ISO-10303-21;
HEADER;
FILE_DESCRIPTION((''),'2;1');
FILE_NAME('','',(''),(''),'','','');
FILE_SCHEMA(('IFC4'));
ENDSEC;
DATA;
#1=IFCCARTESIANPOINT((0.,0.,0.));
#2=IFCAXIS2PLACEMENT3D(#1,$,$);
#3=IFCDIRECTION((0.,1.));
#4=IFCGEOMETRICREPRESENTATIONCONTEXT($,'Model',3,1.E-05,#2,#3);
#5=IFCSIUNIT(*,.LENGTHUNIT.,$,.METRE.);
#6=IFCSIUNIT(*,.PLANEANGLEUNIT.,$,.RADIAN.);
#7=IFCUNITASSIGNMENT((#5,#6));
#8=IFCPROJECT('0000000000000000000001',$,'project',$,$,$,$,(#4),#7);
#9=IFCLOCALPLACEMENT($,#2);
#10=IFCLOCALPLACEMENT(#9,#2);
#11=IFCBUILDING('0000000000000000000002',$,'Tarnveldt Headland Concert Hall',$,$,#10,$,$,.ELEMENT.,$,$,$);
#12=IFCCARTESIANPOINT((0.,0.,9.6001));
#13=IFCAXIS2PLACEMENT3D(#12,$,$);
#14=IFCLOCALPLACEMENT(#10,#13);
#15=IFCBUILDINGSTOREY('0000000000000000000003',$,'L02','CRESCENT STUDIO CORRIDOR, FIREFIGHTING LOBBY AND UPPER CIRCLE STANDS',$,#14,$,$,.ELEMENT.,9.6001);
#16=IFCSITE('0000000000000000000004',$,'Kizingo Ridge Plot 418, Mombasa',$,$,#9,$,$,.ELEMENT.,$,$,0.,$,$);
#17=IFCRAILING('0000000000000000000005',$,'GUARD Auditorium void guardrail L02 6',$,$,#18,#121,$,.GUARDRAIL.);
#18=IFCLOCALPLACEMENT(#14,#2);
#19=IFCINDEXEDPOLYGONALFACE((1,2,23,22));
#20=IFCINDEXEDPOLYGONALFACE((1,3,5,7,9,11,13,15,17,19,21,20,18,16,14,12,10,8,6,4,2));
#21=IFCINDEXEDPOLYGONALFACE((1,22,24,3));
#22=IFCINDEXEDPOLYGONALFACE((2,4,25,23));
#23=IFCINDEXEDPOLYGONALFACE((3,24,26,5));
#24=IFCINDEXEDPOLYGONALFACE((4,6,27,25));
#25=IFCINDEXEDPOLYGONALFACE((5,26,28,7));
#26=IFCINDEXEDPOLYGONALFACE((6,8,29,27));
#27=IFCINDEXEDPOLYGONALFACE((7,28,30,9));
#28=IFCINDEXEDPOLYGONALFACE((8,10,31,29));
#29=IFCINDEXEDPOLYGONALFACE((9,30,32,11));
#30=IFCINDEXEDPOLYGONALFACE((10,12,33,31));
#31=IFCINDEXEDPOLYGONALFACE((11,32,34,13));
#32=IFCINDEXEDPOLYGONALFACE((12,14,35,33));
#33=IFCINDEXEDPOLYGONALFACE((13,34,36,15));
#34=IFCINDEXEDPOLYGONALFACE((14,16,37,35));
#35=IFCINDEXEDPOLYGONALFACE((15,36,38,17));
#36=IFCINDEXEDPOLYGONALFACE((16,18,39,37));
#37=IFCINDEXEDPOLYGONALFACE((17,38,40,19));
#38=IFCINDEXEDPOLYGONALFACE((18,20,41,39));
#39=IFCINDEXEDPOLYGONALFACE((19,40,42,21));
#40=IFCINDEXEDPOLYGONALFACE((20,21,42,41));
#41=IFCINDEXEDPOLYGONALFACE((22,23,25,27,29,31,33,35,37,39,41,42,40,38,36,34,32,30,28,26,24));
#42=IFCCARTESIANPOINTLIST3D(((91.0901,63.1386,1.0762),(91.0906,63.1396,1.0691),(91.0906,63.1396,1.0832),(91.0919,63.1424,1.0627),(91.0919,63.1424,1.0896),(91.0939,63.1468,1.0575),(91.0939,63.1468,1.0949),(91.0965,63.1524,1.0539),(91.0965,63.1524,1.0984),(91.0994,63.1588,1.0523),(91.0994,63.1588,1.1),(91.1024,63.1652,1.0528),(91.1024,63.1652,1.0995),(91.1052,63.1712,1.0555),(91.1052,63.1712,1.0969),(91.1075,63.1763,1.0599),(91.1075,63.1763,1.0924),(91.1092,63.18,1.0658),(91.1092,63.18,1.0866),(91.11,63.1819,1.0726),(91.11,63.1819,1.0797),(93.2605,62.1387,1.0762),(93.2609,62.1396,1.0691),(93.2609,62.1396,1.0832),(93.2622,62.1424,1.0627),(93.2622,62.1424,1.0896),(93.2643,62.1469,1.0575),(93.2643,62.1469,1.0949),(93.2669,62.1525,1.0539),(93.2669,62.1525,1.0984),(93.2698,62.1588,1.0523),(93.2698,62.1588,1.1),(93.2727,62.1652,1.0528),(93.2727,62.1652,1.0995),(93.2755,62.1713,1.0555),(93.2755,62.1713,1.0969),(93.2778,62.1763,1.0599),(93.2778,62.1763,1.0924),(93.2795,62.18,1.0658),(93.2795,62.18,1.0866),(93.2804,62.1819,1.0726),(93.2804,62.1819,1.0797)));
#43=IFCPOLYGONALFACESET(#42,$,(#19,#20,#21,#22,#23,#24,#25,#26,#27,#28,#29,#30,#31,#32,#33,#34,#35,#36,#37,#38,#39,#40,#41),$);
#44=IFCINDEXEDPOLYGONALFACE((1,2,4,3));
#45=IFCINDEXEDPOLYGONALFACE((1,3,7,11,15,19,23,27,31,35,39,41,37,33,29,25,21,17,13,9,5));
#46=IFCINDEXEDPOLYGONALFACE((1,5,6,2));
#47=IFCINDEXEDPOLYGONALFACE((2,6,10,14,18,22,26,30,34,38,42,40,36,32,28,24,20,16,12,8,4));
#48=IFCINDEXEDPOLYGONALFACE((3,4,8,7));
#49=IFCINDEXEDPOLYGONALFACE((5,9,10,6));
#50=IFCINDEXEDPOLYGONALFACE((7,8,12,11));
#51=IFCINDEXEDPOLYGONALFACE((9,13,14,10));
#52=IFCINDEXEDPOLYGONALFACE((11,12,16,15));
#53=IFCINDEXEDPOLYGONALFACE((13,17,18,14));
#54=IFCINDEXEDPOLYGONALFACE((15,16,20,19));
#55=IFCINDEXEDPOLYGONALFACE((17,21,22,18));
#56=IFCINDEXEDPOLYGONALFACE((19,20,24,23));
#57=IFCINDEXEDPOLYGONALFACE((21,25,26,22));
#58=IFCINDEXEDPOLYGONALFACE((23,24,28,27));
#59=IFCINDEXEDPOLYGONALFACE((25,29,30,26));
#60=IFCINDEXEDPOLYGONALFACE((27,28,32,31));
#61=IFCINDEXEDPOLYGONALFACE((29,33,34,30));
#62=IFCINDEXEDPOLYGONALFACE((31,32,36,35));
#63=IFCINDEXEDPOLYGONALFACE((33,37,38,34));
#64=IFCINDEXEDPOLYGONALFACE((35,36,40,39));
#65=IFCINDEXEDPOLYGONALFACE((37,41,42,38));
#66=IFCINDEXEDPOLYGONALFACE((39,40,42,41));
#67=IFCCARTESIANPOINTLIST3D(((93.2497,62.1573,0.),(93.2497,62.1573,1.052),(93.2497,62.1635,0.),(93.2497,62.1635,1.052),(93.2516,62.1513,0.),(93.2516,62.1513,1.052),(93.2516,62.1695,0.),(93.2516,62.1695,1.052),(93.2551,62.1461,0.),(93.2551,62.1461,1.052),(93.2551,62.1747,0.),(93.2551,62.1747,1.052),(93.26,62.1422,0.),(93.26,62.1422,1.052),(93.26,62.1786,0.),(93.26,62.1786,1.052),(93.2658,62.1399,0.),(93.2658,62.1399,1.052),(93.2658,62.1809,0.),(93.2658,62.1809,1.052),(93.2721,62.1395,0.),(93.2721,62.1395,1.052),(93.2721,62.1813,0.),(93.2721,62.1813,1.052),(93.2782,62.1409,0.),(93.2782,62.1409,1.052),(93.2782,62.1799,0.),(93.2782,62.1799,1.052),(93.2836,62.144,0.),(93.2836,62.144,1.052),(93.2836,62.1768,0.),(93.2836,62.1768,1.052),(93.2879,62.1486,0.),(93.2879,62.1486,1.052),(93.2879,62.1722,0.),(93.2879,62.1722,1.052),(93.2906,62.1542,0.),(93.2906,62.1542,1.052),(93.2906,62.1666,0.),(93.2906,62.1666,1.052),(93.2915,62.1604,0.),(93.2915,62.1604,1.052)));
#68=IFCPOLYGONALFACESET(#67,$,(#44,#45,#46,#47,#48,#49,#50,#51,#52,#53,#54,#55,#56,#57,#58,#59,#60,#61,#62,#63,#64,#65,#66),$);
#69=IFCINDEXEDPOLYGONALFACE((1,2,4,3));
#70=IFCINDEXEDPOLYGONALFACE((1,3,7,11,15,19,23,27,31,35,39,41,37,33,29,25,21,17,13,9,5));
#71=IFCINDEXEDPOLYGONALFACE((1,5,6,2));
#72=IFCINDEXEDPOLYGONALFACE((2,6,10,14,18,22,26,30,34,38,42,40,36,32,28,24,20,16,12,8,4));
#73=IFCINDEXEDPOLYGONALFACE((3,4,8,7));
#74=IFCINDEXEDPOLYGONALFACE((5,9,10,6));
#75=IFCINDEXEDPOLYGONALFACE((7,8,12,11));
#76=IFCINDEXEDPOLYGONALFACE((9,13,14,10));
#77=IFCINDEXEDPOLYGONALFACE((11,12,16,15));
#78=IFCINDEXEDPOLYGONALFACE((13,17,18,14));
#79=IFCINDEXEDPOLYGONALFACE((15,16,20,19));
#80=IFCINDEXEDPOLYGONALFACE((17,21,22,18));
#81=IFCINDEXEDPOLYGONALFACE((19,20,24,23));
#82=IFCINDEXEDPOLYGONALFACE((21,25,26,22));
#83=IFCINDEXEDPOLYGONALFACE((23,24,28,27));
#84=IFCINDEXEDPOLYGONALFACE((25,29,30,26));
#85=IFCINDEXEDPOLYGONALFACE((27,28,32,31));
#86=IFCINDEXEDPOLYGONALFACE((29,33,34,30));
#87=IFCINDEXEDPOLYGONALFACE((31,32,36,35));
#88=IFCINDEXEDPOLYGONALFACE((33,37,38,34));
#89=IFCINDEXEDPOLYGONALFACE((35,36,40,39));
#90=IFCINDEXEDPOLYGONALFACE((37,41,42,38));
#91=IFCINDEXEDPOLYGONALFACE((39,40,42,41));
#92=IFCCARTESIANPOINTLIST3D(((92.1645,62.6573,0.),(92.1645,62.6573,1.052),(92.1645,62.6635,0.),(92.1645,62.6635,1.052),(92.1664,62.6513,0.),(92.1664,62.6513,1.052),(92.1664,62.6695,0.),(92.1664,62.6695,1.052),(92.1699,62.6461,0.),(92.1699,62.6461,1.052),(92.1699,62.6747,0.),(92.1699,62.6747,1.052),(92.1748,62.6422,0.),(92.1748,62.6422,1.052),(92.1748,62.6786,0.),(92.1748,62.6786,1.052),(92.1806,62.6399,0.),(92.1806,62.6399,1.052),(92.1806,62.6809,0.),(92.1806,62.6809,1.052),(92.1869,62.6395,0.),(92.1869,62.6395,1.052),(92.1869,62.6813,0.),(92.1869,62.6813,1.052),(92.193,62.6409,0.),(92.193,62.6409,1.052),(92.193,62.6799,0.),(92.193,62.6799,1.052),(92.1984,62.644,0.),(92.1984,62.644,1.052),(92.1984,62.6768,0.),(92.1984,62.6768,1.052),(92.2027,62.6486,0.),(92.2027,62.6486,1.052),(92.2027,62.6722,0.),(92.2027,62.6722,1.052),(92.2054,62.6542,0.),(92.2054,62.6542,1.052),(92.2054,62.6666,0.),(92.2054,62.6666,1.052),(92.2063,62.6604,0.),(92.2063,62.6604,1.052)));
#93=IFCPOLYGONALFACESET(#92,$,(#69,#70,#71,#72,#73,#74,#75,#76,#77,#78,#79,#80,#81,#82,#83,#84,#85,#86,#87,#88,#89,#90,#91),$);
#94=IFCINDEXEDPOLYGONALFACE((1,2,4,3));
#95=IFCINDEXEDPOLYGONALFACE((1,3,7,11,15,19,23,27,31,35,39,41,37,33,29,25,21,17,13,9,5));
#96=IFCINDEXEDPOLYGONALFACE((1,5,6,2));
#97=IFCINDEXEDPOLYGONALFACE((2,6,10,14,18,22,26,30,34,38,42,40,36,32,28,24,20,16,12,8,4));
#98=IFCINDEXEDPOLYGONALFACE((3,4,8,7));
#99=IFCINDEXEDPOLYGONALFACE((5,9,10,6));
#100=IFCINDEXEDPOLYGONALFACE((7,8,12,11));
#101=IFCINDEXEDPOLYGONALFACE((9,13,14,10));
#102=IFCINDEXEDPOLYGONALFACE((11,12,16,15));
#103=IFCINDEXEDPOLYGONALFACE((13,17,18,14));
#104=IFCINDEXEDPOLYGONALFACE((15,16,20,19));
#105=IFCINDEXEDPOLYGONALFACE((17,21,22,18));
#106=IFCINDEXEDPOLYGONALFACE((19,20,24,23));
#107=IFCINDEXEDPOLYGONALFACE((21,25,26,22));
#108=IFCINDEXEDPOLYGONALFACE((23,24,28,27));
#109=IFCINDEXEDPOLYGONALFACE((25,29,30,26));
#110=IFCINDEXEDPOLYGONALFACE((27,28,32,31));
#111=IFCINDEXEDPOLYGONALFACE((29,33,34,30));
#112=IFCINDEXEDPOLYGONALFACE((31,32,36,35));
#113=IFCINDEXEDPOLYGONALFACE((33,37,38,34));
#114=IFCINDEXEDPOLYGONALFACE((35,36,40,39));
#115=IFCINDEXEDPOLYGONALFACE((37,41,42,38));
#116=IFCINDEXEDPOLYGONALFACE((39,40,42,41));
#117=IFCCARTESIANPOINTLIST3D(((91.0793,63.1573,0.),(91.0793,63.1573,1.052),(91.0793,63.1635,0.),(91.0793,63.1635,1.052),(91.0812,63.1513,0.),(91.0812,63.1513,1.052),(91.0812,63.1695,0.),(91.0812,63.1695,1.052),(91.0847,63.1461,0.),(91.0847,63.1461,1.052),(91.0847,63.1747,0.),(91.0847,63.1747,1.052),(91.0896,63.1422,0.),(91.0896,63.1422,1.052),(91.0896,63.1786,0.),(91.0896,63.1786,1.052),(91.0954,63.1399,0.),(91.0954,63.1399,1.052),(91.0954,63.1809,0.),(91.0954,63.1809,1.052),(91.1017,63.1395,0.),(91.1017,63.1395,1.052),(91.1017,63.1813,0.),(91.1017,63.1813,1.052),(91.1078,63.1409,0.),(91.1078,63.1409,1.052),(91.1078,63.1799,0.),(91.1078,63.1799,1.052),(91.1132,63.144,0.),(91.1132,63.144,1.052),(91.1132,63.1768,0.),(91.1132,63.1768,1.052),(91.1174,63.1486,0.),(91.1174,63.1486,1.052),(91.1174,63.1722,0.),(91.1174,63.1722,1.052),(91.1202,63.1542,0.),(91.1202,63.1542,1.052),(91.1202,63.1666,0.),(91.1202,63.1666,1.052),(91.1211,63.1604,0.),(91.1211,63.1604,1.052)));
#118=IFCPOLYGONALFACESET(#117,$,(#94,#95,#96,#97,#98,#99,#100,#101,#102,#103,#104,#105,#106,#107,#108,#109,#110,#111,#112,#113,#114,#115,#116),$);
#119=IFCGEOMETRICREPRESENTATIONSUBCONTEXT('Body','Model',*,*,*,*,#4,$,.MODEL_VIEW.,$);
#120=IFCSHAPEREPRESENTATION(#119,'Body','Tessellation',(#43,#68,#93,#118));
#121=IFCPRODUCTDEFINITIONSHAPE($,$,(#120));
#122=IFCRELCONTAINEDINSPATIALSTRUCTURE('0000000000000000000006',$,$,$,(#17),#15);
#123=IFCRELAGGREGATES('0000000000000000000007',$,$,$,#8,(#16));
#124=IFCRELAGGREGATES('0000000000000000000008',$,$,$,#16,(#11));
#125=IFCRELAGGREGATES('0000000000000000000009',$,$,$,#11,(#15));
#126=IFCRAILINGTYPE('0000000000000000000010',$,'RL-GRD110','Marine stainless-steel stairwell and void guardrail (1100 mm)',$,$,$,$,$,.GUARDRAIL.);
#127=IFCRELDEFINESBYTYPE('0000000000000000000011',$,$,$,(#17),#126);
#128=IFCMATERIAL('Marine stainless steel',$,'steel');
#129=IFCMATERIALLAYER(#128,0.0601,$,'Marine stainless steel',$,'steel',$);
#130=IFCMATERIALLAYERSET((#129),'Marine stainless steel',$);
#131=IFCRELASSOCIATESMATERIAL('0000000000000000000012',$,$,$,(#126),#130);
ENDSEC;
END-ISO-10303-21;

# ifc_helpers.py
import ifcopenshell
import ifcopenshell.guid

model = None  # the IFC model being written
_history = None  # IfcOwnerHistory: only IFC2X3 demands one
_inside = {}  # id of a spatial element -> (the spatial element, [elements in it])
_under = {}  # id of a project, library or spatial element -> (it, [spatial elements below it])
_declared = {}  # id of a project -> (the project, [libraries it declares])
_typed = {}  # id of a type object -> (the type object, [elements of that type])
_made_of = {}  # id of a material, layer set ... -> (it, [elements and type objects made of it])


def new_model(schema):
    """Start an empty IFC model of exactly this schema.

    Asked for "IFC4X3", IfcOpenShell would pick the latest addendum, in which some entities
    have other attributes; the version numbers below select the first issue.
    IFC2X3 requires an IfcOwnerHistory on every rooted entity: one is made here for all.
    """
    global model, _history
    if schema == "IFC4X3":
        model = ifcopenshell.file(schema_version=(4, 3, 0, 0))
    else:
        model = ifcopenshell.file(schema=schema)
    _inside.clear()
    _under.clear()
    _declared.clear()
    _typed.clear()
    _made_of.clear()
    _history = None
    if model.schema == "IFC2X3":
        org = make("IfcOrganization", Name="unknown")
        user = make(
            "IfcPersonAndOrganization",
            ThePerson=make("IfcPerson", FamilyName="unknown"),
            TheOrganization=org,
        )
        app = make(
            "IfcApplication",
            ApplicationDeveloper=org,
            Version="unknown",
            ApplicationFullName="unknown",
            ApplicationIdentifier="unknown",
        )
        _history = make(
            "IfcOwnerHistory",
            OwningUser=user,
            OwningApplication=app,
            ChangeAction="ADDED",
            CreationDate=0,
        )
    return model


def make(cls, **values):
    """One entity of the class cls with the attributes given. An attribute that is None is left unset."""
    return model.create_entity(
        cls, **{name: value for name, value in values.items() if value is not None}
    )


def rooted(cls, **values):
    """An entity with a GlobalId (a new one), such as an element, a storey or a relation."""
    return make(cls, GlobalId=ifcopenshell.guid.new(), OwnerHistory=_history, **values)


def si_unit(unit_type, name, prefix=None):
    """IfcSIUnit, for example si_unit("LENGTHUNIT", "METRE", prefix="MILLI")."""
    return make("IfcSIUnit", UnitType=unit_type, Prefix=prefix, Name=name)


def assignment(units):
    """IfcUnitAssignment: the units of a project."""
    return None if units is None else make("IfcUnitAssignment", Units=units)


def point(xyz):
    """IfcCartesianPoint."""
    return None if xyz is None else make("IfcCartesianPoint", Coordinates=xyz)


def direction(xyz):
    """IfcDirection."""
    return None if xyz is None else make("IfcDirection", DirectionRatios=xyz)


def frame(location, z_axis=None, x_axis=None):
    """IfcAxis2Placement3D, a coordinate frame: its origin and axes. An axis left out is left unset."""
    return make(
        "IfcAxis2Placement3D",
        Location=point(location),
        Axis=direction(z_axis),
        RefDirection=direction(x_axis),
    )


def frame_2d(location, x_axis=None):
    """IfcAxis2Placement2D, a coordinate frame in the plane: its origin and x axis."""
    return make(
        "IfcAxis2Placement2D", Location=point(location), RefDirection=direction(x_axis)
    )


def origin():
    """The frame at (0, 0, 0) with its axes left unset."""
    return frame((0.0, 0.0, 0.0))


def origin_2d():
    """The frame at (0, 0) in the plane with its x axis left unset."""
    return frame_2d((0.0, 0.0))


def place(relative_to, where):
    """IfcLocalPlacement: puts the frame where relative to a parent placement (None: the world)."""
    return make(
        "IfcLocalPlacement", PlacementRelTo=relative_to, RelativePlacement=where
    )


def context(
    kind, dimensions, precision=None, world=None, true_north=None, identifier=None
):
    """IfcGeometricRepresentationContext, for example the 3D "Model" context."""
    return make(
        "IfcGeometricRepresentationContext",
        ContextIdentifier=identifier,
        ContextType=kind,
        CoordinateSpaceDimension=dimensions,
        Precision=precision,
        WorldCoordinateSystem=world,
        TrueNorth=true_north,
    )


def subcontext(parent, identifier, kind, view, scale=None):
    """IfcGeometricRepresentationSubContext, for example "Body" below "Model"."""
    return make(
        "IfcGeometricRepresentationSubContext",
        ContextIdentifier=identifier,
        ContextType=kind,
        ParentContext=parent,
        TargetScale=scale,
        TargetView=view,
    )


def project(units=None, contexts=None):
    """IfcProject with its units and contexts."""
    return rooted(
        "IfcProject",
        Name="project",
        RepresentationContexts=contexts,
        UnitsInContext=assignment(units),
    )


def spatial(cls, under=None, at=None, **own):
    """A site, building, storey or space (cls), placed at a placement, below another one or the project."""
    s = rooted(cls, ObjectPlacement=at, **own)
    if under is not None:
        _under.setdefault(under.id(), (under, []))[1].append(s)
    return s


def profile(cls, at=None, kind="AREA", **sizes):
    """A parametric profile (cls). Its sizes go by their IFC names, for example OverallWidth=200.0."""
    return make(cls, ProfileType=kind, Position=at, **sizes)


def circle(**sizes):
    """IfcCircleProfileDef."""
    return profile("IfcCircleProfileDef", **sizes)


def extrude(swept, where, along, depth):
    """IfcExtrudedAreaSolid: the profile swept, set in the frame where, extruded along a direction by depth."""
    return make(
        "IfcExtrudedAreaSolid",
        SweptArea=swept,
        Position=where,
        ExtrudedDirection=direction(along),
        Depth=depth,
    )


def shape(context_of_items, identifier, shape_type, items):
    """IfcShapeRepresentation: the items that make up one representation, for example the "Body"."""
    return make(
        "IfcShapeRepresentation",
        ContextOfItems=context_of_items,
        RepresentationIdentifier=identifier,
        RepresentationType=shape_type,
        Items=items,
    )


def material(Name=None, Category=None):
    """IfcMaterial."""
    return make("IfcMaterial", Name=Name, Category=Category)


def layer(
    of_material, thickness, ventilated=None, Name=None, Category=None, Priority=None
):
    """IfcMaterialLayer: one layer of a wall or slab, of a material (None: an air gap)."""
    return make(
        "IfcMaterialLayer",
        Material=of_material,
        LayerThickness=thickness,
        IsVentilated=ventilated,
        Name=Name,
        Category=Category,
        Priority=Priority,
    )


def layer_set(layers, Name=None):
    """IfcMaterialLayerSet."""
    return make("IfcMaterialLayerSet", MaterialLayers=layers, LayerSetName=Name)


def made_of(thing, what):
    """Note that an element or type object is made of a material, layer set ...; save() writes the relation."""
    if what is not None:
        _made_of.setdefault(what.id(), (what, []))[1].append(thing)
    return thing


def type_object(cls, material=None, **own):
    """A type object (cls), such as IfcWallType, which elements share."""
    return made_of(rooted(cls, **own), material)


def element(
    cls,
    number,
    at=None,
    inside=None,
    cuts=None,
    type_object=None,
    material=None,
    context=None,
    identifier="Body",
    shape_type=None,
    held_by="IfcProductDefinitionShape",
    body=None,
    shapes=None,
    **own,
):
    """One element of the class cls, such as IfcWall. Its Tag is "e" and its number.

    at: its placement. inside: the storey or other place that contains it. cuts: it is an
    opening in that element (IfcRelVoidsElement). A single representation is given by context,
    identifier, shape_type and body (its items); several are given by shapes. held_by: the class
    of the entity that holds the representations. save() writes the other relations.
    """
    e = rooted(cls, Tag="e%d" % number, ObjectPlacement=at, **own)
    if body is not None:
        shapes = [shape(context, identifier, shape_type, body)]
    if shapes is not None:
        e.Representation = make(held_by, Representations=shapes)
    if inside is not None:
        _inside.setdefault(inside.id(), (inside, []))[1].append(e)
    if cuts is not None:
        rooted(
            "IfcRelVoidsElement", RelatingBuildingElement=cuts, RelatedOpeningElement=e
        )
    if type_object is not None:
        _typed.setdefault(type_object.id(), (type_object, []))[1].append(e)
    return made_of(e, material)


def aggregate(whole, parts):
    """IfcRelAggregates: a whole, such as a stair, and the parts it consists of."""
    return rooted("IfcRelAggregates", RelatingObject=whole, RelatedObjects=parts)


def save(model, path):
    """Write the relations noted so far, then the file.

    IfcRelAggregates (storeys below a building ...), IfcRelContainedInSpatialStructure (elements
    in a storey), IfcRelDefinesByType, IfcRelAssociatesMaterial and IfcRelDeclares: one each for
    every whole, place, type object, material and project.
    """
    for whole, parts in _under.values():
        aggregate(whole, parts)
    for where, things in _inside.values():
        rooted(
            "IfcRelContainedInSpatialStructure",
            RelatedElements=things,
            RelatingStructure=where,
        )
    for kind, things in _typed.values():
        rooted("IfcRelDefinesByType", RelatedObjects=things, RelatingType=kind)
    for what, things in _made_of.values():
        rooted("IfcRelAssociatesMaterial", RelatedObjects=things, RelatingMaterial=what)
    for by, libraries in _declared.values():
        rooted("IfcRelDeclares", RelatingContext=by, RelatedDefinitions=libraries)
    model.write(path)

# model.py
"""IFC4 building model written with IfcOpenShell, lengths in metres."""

from ifc_helpers import new_model, si_unit, direction, frame, origin, origin_2d, place, context, subcontext, project, spatial, circle, extrude, material, layer, layer_set, type_object, element, save


model = new_model("IFC4")

# Units and contexts
model_context = context("Model", 3, precision=1e-05, world=origin(), true_north=direction((0.0, 1.0)))
body_context = subcontext(model_context, "Body", "Model", "MODEL_VIEW")
ifc_project = project(units=[si_unit("LENGTHUNIT", "METRE"), si_unit("PLANEANGLEUNIT", "RADIAN")], contexts=[model_context])

# Site, building, storey
site_placement = place(None, origin())
site = spatial("IfcSite", under=ifc_project, at=site_placement, Name="Kizingo Ridge Plot 418, Mombasa", CompositionType="ELEMENT", RefElevation=0.0)
building_placement = place(site_placement, origin())
building = spatial("IfcBuilding", under=site, at=building_placement, Name="Tarnveldt Headland Concert Hall", CompositionType="ELEMENT")
storey_placement = place(building_placement, frame((0.0, 0.0, 9.6001)))
storey = spatial("IfcBuildingStorey", under=building, at=storey_placement, Name="L02", Description="CRESCENT STUDIO CORRIDOR, FIREFIGHTING LOBBY AND UPPER CIRCLE STANDS", CompositionType="ELEMENT", Elevation=9.6001)

# Railing
ifc_material_1 = material(Name="Marine stainless steel", Category="steel")
ifc_layer_1 = layer(ifc_material_1, 0.0601, Name="Marine stainless steel", Category="steel")
ifc_layer_set_1 = layer_set([ifc_layer_1], Name="Marine stainless steel")
railing_type = type_object("IfcRailingType", Name="RL-GRD110", Description="Marine stainless-steel stairwell and void guardrail (1100 mm)", PredefinedType="GUARDRAIL", material=ifc_layer_set_1)
railing_1_placement = place(storey_placement, frame((93.2705, 62.1604, 0.0)))
element("IfcRailing", 1, at=railing_1_placement, inside=storey, type_object=railing_type, Name="GUARD Auditorium void guardrail L02 6", PredefinedType="GUARDRAIL", context=body_context, shape_type="SweptSolid", body=[
    extrude(circle(Radius=0.0239, at=origin_2d()), frame((0.0, 0.0, 1.0762), z_axis=(-0.908234, 0.418462, 0.0), x_axis=(-0.418462, -0.908234, 0.0)), (0.0, 0.0, 1.0), 2.3896),
    extrude(circle(Radius=0.021, at=origin_2d()), origin(), (0.0, 0.0, 1.0), 1.052),
    extrude(circle(Radius=0.021, at=origin_2d()), frame((-1.0852, 0.5, 0.0)), (0.0, 0.0, 1.0), 1.052),
    extrude(circle(Radius=0.021, at=origin_2d()), frame((-2.1704, 1.0, 0.0)), (0.0, 0.0, 1.0), 1.052),
])

save(model, "model.ifc")
